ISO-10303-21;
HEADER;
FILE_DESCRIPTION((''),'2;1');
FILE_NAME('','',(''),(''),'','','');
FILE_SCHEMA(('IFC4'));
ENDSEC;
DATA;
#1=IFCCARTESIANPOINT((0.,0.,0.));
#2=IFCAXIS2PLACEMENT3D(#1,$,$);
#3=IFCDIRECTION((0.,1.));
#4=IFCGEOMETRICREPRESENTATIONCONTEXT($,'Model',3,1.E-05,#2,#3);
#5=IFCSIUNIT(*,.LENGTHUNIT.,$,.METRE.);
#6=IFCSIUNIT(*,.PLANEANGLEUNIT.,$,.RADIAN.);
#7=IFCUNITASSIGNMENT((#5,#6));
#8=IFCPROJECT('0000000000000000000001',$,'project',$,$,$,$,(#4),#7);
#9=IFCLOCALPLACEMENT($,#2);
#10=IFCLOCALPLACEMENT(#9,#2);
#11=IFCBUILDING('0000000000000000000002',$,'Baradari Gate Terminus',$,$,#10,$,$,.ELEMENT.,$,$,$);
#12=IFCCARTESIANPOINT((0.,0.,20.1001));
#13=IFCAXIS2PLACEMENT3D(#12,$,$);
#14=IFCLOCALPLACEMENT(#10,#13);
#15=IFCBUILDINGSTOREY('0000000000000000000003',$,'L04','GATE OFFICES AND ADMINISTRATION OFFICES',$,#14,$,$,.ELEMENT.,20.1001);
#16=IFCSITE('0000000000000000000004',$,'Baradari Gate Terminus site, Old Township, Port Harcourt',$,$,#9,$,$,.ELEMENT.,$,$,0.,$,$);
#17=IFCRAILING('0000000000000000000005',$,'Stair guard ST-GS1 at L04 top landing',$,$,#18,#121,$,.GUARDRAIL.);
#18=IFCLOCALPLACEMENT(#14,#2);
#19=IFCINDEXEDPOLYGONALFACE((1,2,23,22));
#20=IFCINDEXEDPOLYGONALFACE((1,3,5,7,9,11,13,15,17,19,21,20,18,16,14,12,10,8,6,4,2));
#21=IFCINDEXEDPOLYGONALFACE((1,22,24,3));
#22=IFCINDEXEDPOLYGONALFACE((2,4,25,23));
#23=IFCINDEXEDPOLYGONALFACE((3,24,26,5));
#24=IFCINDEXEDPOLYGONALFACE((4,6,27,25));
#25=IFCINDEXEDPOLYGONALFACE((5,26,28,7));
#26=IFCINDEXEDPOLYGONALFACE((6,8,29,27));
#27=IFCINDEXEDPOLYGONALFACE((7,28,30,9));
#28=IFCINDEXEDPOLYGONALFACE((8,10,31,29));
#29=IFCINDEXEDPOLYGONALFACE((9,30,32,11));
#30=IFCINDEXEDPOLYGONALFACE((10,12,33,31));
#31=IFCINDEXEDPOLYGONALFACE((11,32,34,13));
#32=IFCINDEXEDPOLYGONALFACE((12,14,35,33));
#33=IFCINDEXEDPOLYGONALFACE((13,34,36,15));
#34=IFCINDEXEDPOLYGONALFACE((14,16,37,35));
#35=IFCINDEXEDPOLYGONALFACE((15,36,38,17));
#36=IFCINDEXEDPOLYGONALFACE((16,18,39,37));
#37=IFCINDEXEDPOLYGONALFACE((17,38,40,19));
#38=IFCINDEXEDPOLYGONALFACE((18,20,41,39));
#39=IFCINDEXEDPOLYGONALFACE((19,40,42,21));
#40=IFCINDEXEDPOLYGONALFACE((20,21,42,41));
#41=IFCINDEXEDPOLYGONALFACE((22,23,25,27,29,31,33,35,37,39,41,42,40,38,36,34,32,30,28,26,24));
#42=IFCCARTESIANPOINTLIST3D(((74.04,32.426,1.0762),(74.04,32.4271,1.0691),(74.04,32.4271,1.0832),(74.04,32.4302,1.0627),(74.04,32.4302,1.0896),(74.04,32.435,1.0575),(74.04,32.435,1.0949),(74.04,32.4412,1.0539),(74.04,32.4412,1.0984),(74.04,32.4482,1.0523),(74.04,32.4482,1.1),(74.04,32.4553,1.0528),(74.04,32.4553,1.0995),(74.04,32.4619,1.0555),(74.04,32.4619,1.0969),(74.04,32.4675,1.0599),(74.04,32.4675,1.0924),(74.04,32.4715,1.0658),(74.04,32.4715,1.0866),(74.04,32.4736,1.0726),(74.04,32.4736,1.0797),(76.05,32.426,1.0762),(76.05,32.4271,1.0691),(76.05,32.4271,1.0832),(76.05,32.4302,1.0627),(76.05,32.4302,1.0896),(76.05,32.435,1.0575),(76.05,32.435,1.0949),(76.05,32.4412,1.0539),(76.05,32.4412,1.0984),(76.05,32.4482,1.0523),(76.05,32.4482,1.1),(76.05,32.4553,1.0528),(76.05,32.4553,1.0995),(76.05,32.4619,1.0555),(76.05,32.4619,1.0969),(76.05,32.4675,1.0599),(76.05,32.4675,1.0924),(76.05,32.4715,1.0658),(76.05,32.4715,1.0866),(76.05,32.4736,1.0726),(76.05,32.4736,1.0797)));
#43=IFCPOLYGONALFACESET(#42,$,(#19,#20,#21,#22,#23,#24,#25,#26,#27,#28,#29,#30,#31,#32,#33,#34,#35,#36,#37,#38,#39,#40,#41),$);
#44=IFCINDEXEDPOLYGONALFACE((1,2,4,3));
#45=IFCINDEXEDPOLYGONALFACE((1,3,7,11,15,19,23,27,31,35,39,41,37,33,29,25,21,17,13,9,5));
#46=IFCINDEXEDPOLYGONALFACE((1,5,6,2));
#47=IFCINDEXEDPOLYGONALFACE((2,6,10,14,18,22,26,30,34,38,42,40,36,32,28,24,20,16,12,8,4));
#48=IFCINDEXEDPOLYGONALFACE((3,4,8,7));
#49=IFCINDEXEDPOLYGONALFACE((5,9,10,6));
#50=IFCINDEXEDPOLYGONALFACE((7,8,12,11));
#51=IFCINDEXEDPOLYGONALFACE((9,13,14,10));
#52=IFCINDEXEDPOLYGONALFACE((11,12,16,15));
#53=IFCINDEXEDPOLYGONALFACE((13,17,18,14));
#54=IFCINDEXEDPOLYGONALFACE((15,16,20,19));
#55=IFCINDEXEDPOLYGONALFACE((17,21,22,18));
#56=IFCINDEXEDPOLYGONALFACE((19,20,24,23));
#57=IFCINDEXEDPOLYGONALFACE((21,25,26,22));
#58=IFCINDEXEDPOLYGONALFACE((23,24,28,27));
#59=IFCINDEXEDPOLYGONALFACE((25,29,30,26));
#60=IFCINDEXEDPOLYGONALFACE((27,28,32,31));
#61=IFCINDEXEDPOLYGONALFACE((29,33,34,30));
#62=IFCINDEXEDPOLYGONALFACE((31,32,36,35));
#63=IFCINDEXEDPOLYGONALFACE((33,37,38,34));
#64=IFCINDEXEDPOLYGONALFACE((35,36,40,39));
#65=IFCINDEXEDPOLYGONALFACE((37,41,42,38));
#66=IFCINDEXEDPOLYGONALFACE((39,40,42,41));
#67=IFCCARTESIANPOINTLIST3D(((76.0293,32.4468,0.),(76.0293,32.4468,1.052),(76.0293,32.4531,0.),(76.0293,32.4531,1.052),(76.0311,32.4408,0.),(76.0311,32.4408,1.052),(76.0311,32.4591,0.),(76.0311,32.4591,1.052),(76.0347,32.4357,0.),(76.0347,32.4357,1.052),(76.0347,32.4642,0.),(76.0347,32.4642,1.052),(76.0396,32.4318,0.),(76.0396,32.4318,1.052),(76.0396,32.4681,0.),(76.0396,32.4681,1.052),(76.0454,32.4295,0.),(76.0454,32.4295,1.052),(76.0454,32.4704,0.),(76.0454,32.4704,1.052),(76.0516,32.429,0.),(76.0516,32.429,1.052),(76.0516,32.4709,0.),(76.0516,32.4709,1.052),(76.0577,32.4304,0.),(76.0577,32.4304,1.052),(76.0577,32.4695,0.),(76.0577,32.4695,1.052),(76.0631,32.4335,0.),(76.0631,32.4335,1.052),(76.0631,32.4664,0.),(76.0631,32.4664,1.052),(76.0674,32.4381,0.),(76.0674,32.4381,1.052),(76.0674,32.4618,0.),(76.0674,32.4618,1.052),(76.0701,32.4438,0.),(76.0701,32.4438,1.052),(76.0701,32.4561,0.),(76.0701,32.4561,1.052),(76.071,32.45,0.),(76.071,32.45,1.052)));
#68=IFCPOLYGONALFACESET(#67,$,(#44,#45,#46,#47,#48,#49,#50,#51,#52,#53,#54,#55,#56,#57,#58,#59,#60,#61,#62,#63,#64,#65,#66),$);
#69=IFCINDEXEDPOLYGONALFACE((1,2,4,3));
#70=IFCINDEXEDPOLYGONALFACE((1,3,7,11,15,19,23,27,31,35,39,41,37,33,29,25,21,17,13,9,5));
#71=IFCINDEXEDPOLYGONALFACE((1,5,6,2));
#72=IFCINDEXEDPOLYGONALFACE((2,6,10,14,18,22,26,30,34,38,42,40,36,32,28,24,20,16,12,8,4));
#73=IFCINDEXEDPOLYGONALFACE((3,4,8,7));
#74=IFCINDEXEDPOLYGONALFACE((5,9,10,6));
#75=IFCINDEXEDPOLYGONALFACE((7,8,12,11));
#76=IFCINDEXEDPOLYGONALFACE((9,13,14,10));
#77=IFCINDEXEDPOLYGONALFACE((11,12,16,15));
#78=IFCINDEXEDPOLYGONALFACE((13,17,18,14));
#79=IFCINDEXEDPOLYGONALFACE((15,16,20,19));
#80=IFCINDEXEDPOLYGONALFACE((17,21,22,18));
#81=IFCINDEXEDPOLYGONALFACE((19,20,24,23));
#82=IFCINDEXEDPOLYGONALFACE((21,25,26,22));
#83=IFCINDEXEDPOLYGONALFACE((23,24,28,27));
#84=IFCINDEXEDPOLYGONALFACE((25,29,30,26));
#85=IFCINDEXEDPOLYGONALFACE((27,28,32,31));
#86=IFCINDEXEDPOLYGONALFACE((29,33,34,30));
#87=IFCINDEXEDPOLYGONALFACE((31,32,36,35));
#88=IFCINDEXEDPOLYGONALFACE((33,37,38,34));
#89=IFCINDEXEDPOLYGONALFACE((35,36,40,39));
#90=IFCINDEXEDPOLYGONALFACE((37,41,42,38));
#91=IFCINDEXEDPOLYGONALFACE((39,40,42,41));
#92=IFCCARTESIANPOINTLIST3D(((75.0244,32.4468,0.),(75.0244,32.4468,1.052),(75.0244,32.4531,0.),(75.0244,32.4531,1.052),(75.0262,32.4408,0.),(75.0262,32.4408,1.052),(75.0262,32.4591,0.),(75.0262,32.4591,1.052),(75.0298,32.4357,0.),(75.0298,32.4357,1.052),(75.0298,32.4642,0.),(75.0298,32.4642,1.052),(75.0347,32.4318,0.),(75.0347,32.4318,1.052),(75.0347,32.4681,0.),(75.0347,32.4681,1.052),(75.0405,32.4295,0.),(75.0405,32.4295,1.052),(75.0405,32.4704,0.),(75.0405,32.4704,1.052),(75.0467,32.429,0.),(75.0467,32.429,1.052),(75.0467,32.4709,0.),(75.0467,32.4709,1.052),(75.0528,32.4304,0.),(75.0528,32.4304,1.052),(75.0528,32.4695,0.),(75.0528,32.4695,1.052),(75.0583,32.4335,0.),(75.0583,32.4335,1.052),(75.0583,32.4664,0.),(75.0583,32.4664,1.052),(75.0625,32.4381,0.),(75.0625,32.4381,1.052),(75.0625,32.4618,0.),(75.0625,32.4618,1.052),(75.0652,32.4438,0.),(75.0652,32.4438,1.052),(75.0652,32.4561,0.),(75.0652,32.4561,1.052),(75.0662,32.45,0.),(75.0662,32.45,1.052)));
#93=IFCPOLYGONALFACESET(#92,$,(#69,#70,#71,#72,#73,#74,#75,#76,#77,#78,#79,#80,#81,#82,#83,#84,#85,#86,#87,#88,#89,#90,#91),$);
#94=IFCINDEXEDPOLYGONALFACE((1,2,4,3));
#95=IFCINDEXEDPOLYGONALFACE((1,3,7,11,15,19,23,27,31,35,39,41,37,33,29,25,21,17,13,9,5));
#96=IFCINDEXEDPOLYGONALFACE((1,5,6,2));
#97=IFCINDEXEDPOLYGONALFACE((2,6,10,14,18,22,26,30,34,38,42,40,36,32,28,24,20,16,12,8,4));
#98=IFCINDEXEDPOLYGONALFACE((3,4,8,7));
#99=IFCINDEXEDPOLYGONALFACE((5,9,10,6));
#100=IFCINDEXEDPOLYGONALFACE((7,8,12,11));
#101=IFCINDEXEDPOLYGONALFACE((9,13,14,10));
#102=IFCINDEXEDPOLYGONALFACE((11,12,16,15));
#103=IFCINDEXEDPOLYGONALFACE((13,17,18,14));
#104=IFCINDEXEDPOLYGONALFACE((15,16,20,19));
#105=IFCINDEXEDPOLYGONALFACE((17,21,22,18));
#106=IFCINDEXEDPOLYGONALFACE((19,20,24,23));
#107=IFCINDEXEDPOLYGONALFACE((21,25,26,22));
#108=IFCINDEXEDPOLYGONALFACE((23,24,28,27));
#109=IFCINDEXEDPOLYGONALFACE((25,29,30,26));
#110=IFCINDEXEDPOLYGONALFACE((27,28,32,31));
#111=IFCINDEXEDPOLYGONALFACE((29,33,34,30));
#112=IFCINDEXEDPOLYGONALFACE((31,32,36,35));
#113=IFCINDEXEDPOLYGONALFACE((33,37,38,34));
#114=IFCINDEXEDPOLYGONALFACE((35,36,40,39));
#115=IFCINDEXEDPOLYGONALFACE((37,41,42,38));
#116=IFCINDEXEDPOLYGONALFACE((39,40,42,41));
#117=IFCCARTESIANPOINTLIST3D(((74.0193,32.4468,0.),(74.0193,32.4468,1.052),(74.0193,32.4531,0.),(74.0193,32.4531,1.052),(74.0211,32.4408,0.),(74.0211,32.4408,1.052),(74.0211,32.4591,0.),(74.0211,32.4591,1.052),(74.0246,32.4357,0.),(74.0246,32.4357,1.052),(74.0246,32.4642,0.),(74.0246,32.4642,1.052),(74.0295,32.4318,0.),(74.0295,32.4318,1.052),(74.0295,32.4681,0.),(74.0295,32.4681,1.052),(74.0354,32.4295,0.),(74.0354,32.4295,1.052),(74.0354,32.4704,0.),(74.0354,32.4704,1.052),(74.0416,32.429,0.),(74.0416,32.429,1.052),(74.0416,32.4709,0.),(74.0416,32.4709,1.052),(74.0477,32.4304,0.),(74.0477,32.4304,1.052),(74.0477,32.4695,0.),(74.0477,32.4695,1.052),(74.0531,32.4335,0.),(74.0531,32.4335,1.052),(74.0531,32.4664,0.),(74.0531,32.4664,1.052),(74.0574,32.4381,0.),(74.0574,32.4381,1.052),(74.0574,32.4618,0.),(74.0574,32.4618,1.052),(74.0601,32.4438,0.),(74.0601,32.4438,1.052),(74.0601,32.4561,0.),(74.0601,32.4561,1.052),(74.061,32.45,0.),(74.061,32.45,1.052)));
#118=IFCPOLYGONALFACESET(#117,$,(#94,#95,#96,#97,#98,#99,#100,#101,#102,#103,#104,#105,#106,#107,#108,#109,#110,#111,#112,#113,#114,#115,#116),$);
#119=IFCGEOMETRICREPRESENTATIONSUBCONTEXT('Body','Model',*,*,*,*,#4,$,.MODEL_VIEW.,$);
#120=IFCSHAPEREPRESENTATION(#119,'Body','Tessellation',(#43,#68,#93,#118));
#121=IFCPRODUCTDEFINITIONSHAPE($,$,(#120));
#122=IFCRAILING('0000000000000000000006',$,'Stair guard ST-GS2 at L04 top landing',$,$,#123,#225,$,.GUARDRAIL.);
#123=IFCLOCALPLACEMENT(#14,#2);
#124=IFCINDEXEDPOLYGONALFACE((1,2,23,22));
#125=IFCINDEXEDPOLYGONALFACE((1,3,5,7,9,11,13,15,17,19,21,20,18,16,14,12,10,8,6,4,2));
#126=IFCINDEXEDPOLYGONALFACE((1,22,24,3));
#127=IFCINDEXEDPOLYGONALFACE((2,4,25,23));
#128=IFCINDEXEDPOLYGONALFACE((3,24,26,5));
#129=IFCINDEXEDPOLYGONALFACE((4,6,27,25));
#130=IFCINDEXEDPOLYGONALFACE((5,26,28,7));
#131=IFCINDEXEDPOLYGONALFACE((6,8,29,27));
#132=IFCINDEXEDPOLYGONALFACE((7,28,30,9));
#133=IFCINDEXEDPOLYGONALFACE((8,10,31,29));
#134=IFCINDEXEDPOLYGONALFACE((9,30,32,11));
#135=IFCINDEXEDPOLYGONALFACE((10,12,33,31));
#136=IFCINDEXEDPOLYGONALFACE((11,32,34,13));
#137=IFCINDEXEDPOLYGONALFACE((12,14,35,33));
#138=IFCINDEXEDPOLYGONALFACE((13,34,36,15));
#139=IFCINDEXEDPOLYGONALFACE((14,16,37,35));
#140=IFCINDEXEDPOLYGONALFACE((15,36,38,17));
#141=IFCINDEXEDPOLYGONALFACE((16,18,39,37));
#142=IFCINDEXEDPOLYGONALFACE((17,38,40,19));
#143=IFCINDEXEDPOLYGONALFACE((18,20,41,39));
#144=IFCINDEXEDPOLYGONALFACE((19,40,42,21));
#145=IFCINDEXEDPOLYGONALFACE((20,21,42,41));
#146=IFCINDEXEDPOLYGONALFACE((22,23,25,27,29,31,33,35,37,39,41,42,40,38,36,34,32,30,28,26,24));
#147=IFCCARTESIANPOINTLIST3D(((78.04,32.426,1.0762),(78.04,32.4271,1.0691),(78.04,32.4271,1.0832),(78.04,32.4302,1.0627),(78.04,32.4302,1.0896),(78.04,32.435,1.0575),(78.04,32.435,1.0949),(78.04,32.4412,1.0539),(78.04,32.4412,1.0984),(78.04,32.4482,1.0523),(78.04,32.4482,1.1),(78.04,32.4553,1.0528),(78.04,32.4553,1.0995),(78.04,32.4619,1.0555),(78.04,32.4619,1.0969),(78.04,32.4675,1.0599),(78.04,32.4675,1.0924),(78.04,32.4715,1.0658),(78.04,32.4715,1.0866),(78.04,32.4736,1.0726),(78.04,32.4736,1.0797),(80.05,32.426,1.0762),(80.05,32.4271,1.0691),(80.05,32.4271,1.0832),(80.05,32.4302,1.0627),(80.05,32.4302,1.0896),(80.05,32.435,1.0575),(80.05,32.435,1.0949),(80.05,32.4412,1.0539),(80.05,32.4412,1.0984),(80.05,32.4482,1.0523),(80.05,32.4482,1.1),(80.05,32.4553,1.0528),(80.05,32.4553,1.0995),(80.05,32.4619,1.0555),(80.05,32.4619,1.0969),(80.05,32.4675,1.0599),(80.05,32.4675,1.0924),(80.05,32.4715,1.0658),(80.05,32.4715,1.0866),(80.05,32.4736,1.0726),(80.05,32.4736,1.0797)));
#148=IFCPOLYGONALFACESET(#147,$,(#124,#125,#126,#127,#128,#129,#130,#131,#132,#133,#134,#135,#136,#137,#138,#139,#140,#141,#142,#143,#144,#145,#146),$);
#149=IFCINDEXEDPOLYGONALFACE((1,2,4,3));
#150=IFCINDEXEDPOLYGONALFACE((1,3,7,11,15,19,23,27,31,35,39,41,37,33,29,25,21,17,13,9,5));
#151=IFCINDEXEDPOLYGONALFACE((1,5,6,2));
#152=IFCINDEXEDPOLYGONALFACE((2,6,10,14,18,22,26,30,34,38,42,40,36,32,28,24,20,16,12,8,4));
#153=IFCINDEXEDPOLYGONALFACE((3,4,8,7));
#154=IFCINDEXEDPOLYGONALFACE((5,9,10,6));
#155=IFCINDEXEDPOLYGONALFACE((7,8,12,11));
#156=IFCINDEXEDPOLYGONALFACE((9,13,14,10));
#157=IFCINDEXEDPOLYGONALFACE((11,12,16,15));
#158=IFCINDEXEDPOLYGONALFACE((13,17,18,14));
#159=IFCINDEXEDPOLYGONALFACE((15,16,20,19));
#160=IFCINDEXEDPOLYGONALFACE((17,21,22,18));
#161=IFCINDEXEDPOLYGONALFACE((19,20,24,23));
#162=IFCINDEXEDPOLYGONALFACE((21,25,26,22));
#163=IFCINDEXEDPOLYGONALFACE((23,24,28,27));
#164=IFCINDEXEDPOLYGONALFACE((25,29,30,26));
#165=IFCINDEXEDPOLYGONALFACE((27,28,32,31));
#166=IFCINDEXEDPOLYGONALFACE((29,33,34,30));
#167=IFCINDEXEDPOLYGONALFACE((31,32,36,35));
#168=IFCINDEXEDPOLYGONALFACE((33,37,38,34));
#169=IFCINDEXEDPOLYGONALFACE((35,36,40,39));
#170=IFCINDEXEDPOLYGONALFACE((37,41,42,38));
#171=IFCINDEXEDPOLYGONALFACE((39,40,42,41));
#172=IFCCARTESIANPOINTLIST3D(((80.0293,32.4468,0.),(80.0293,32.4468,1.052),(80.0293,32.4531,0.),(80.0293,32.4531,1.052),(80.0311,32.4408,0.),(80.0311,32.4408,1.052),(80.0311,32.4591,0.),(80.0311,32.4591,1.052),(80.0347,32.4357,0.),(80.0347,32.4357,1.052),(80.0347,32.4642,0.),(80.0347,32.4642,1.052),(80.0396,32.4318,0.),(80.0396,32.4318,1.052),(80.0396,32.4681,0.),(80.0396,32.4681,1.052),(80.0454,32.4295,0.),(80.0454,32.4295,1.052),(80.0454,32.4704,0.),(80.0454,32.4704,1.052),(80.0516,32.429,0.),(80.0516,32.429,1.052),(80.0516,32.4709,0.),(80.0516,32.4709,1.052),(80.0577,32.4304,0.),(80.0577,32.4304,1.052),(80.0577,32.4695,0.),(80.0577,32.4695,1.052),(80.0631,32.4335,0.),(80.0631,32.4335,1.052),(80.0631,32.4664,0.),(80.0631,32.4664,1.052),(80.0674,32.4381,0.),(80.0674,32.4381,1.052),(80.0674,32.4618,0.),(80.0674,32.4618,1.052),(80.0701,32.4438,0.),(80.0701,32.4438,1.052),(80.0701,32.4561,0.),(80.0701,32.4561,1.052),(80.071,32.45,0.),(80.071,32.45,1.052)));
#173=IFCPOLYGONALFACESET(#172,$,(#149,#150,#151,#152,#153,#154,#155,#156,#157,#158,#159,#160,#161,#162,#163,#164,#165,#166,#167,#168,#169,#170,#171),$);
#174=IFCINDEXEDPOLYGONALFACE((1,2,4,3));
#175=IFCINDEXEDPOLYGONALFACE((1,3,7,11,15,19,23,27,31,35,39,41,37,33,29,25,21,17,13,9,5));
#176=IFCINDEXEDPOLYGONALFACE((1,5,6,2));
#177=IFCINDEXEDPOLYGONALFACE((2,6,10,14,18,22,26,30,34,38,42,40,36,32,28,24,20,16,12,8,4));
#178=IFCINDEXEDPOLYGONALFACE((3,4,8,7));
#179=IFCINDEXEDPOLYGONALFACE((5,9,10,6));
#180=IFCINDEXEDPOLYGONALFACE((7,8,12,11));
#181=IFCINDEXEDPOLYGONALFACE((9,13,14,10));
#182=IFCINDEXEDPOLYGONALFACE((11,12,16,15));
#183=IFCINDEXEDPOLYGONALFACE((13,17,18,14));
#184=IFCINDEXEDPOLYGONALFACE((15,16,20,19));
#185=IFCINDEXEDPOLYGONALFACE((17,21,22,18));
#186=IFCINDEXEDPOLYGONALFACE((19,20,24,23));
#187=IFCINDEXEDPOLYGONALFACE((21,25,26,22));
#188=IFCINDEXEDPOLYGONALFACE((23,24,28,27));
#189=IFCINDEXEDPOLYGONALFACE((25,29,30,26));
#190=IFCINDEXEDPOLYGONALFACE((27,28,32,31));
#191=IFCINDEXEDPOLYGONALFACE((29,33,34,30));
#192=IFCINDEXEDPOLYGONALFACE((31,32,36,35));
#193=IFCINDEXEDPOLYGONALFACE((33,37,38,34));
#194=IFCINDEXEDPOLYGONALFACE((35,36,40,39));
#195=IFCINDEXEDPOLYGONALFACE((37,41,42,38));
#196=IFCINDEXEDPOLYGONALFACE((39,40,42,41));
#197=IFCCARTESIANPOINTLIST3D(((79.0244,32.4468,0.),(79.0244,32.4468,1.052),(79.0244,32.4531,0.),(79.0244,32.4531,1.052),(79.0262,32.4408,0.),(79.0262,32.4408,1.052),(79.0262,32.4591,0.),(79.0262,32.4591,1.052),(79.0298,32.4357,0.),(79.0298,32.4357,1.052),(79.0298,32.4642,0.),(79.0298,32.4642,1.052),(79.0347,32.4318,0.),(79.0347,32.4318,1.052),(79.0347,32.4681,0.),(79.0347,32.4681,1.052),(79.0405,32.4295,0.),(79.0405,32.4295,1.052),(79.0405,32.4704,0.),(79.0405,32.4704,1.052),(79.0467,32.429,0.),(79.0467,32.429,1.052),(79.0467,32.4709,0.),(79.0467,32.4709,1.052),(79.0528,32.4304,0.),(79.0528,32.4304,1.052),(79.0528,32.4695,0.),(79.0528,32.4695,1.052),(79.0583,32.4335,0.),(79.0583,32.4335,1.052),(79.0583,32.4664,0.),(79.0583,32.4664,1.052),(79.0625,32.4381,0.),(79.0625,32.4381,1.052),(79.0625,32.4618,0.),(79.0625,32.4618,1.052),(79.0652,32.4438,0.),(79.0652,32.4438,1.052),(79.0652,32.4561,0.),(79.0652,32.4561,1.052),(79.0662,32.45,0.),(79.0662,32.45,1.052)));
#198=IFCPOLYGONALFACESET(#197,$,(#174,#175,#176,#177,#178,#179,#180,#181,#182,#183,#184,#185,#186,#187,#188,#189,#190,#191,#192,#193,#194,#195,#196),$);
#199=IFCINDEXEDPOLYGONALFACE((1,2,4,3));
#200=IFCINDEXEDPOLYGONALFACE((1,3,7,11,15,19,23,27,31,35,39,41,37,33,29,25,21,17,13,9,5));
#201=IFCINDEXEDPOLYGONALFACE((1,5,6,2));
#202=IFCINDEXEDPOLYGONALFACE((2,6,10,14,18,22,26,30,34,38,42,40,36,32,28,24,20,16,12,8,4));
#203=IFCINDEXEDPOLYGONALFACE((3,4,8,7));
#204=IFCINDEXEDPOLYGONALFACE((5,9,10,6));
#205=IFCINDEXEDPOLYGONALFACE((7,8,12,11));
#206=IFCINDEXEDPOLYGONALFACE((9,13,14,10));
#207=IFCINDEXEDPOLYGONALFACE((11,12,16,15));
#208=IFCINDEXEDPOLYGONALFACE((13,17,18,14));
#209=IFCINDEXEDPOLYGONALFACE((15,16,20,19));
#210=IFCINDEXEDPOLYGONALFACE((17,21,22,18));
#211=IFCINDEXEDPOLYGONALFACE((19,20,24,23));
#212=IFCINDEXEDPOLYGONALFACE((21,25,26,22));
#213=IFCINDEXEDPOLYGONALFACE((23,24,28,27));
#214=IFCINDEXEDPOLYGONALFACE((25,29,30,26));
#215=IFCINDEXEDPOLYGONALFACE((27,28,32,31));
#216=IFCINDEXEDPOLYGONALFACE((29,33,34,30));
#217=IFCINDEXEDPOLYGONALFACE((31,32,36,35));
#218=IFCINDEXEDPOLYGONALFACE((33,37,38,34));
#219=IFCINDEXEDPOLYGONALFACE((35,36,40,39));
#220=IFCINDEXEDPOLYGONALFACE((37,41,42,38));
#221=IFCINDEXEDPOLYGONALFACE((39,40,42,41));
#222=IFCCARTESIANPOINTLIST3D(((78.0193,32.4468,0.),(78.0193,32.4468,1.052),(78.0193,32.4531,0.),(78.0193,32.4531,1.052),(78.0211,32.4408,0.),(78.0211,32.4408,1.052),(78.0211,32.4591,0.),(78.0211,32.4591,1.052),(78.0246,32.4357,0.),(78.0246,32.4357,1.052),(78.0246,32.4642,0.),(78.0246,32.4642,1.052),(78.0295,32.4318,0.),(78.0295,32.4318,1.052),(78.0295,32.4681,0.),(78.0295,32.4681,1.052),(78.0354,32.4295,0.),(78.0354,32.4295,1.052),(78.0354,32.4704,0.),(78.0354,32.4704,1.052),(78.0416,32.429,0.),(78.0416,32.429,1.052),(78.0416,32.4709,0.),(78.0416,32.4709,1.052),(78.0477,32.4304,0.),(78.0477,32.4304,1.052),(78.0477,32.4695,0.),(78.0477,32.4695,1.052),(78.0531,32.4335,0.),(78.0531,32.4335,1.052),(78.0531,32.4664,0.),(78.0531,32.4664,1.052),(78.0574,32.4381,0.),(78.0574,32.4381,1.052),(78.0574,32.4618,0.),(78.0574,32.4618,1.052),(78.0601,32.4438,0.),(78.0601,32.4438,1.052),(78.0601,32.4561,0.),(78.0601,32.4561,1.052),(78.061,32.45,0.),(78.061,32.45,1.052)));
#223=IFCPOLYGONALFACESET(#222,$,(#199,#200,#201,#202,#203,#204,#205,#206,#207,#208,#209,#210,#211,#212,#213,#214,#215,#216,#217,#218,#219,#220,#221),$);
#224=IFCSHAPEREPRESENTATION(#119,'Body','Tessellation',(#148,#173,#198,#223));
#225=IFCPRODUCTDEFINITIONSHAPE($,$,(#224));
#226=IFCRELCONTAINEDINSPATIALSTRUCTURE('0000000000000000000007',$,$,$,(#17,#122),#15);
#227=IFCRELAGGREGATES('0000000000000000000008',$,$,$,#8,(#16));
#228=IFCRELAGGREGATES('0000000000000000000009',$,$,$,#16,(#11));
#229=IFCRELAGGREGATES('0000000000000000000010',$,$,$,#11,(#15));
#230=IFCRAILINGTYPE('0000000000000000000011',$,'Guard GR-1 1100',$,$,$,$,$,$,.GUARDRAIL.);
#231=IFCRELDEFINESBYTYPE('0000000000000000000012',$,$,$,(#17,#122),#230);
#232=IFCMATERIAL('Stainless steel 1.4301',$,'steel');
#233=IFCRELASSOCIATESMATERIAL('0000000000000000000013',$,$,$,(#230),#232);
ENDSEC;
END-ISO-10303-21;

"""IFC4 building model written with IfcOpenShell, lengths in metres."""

from ifc_helpers import new_model, si_unit, direction, frame, origin, origin_2d, place, context, subcontext, project, spatial, circle, extrude, material, type_object, element, save


model = new_model("IFC4")

# Units and contexts
model_context = context("Model", 3, precision=1e-05, world=origin(), true_north=direction((0.0, 1.0)))
body_context = subcontext(model_context, "Body", "Model", "MODEL_VIEW")
ifc_project = project(units=[si_unit("LENGTHUNIT", "METRE"), si_unit("PLANEANGLEUNIT", "RADIAN")], contexts=[model_context])

# Site, building, storey
site_placement = place(None, origin())
site = spatial("IfcSite", under=ifc_project, at=site_placement, Name="Baradari Gate Terminus site, Old Township, Port Harcourt", CompositionType="ELEMENT", RefElevation=0.0)
building_placement = place(site_placement, origin())
building = spatial("IfcBuilding", under=site, at=building_placement, Name="Baradari Gate Terminus", CompositionType="ELEMENT")
storey_placement = place(building_placement, frame((0.0, 0.0, 20.1001)))
storey = spatial("IfcBuildingStorey", under=building, at=storey_placement, Name="L04", Description="GATE OFFICES AND ADMINISTRATION OFFICES", CompositionType="ELEMENT", Elevation=20.1001)

# Railings
ifc_material_1 = material(Name="Stainless steel 1.4301", Category="steel")
railing_type = type_object("IfcRailingType", Name="Guard GR-1 1100", PredefinedType="GUARDRAIL", material=ifc_material_1)
for number, where, name in (
    (1, (76.05, 32.45, 0.0), "Stair guard ST-GS1 at L04 top landing"),
    (2, (80.05, 32.45, 0.0), "Stair guard ST-GS2 at L04 top landing"),
):
    element("IfcRailing", number, at=place(storey_placement, frame(where)), inside=storey, type_object=railing_type, Name=name, PredefinedType="GUARDRAIL", context=body_context, shape_type="SweptSolid", body=[
        extrude(circle(Radius=0.0239, at=origin_2d()), frame((0.0, 0.0, 1.0762), z_axis=(-1.0, 0.0, 0.0), x_axis=(0.0, -1.0, 0.0)), (0.0, 0.0, 1.0), 2.01),
        extrude(circle(Radius=0.021, at=origin_2d()), origin(), (0.0, 0.0, 1.0), 1.052),
        extrude(circle(Radius=0.021, at=origin_2d()), frame((-1.0049, 0.0, 0.0)), (0.0, 0.0, 1.0), 1.052),
        extrude(circle(Radius=0.021, at=origin_2d()), frame((-2.01, 0.0, 0.0)), (0.0, 0.0, 1.0), 1.052),
    ])

save(model, "model.ifc")
